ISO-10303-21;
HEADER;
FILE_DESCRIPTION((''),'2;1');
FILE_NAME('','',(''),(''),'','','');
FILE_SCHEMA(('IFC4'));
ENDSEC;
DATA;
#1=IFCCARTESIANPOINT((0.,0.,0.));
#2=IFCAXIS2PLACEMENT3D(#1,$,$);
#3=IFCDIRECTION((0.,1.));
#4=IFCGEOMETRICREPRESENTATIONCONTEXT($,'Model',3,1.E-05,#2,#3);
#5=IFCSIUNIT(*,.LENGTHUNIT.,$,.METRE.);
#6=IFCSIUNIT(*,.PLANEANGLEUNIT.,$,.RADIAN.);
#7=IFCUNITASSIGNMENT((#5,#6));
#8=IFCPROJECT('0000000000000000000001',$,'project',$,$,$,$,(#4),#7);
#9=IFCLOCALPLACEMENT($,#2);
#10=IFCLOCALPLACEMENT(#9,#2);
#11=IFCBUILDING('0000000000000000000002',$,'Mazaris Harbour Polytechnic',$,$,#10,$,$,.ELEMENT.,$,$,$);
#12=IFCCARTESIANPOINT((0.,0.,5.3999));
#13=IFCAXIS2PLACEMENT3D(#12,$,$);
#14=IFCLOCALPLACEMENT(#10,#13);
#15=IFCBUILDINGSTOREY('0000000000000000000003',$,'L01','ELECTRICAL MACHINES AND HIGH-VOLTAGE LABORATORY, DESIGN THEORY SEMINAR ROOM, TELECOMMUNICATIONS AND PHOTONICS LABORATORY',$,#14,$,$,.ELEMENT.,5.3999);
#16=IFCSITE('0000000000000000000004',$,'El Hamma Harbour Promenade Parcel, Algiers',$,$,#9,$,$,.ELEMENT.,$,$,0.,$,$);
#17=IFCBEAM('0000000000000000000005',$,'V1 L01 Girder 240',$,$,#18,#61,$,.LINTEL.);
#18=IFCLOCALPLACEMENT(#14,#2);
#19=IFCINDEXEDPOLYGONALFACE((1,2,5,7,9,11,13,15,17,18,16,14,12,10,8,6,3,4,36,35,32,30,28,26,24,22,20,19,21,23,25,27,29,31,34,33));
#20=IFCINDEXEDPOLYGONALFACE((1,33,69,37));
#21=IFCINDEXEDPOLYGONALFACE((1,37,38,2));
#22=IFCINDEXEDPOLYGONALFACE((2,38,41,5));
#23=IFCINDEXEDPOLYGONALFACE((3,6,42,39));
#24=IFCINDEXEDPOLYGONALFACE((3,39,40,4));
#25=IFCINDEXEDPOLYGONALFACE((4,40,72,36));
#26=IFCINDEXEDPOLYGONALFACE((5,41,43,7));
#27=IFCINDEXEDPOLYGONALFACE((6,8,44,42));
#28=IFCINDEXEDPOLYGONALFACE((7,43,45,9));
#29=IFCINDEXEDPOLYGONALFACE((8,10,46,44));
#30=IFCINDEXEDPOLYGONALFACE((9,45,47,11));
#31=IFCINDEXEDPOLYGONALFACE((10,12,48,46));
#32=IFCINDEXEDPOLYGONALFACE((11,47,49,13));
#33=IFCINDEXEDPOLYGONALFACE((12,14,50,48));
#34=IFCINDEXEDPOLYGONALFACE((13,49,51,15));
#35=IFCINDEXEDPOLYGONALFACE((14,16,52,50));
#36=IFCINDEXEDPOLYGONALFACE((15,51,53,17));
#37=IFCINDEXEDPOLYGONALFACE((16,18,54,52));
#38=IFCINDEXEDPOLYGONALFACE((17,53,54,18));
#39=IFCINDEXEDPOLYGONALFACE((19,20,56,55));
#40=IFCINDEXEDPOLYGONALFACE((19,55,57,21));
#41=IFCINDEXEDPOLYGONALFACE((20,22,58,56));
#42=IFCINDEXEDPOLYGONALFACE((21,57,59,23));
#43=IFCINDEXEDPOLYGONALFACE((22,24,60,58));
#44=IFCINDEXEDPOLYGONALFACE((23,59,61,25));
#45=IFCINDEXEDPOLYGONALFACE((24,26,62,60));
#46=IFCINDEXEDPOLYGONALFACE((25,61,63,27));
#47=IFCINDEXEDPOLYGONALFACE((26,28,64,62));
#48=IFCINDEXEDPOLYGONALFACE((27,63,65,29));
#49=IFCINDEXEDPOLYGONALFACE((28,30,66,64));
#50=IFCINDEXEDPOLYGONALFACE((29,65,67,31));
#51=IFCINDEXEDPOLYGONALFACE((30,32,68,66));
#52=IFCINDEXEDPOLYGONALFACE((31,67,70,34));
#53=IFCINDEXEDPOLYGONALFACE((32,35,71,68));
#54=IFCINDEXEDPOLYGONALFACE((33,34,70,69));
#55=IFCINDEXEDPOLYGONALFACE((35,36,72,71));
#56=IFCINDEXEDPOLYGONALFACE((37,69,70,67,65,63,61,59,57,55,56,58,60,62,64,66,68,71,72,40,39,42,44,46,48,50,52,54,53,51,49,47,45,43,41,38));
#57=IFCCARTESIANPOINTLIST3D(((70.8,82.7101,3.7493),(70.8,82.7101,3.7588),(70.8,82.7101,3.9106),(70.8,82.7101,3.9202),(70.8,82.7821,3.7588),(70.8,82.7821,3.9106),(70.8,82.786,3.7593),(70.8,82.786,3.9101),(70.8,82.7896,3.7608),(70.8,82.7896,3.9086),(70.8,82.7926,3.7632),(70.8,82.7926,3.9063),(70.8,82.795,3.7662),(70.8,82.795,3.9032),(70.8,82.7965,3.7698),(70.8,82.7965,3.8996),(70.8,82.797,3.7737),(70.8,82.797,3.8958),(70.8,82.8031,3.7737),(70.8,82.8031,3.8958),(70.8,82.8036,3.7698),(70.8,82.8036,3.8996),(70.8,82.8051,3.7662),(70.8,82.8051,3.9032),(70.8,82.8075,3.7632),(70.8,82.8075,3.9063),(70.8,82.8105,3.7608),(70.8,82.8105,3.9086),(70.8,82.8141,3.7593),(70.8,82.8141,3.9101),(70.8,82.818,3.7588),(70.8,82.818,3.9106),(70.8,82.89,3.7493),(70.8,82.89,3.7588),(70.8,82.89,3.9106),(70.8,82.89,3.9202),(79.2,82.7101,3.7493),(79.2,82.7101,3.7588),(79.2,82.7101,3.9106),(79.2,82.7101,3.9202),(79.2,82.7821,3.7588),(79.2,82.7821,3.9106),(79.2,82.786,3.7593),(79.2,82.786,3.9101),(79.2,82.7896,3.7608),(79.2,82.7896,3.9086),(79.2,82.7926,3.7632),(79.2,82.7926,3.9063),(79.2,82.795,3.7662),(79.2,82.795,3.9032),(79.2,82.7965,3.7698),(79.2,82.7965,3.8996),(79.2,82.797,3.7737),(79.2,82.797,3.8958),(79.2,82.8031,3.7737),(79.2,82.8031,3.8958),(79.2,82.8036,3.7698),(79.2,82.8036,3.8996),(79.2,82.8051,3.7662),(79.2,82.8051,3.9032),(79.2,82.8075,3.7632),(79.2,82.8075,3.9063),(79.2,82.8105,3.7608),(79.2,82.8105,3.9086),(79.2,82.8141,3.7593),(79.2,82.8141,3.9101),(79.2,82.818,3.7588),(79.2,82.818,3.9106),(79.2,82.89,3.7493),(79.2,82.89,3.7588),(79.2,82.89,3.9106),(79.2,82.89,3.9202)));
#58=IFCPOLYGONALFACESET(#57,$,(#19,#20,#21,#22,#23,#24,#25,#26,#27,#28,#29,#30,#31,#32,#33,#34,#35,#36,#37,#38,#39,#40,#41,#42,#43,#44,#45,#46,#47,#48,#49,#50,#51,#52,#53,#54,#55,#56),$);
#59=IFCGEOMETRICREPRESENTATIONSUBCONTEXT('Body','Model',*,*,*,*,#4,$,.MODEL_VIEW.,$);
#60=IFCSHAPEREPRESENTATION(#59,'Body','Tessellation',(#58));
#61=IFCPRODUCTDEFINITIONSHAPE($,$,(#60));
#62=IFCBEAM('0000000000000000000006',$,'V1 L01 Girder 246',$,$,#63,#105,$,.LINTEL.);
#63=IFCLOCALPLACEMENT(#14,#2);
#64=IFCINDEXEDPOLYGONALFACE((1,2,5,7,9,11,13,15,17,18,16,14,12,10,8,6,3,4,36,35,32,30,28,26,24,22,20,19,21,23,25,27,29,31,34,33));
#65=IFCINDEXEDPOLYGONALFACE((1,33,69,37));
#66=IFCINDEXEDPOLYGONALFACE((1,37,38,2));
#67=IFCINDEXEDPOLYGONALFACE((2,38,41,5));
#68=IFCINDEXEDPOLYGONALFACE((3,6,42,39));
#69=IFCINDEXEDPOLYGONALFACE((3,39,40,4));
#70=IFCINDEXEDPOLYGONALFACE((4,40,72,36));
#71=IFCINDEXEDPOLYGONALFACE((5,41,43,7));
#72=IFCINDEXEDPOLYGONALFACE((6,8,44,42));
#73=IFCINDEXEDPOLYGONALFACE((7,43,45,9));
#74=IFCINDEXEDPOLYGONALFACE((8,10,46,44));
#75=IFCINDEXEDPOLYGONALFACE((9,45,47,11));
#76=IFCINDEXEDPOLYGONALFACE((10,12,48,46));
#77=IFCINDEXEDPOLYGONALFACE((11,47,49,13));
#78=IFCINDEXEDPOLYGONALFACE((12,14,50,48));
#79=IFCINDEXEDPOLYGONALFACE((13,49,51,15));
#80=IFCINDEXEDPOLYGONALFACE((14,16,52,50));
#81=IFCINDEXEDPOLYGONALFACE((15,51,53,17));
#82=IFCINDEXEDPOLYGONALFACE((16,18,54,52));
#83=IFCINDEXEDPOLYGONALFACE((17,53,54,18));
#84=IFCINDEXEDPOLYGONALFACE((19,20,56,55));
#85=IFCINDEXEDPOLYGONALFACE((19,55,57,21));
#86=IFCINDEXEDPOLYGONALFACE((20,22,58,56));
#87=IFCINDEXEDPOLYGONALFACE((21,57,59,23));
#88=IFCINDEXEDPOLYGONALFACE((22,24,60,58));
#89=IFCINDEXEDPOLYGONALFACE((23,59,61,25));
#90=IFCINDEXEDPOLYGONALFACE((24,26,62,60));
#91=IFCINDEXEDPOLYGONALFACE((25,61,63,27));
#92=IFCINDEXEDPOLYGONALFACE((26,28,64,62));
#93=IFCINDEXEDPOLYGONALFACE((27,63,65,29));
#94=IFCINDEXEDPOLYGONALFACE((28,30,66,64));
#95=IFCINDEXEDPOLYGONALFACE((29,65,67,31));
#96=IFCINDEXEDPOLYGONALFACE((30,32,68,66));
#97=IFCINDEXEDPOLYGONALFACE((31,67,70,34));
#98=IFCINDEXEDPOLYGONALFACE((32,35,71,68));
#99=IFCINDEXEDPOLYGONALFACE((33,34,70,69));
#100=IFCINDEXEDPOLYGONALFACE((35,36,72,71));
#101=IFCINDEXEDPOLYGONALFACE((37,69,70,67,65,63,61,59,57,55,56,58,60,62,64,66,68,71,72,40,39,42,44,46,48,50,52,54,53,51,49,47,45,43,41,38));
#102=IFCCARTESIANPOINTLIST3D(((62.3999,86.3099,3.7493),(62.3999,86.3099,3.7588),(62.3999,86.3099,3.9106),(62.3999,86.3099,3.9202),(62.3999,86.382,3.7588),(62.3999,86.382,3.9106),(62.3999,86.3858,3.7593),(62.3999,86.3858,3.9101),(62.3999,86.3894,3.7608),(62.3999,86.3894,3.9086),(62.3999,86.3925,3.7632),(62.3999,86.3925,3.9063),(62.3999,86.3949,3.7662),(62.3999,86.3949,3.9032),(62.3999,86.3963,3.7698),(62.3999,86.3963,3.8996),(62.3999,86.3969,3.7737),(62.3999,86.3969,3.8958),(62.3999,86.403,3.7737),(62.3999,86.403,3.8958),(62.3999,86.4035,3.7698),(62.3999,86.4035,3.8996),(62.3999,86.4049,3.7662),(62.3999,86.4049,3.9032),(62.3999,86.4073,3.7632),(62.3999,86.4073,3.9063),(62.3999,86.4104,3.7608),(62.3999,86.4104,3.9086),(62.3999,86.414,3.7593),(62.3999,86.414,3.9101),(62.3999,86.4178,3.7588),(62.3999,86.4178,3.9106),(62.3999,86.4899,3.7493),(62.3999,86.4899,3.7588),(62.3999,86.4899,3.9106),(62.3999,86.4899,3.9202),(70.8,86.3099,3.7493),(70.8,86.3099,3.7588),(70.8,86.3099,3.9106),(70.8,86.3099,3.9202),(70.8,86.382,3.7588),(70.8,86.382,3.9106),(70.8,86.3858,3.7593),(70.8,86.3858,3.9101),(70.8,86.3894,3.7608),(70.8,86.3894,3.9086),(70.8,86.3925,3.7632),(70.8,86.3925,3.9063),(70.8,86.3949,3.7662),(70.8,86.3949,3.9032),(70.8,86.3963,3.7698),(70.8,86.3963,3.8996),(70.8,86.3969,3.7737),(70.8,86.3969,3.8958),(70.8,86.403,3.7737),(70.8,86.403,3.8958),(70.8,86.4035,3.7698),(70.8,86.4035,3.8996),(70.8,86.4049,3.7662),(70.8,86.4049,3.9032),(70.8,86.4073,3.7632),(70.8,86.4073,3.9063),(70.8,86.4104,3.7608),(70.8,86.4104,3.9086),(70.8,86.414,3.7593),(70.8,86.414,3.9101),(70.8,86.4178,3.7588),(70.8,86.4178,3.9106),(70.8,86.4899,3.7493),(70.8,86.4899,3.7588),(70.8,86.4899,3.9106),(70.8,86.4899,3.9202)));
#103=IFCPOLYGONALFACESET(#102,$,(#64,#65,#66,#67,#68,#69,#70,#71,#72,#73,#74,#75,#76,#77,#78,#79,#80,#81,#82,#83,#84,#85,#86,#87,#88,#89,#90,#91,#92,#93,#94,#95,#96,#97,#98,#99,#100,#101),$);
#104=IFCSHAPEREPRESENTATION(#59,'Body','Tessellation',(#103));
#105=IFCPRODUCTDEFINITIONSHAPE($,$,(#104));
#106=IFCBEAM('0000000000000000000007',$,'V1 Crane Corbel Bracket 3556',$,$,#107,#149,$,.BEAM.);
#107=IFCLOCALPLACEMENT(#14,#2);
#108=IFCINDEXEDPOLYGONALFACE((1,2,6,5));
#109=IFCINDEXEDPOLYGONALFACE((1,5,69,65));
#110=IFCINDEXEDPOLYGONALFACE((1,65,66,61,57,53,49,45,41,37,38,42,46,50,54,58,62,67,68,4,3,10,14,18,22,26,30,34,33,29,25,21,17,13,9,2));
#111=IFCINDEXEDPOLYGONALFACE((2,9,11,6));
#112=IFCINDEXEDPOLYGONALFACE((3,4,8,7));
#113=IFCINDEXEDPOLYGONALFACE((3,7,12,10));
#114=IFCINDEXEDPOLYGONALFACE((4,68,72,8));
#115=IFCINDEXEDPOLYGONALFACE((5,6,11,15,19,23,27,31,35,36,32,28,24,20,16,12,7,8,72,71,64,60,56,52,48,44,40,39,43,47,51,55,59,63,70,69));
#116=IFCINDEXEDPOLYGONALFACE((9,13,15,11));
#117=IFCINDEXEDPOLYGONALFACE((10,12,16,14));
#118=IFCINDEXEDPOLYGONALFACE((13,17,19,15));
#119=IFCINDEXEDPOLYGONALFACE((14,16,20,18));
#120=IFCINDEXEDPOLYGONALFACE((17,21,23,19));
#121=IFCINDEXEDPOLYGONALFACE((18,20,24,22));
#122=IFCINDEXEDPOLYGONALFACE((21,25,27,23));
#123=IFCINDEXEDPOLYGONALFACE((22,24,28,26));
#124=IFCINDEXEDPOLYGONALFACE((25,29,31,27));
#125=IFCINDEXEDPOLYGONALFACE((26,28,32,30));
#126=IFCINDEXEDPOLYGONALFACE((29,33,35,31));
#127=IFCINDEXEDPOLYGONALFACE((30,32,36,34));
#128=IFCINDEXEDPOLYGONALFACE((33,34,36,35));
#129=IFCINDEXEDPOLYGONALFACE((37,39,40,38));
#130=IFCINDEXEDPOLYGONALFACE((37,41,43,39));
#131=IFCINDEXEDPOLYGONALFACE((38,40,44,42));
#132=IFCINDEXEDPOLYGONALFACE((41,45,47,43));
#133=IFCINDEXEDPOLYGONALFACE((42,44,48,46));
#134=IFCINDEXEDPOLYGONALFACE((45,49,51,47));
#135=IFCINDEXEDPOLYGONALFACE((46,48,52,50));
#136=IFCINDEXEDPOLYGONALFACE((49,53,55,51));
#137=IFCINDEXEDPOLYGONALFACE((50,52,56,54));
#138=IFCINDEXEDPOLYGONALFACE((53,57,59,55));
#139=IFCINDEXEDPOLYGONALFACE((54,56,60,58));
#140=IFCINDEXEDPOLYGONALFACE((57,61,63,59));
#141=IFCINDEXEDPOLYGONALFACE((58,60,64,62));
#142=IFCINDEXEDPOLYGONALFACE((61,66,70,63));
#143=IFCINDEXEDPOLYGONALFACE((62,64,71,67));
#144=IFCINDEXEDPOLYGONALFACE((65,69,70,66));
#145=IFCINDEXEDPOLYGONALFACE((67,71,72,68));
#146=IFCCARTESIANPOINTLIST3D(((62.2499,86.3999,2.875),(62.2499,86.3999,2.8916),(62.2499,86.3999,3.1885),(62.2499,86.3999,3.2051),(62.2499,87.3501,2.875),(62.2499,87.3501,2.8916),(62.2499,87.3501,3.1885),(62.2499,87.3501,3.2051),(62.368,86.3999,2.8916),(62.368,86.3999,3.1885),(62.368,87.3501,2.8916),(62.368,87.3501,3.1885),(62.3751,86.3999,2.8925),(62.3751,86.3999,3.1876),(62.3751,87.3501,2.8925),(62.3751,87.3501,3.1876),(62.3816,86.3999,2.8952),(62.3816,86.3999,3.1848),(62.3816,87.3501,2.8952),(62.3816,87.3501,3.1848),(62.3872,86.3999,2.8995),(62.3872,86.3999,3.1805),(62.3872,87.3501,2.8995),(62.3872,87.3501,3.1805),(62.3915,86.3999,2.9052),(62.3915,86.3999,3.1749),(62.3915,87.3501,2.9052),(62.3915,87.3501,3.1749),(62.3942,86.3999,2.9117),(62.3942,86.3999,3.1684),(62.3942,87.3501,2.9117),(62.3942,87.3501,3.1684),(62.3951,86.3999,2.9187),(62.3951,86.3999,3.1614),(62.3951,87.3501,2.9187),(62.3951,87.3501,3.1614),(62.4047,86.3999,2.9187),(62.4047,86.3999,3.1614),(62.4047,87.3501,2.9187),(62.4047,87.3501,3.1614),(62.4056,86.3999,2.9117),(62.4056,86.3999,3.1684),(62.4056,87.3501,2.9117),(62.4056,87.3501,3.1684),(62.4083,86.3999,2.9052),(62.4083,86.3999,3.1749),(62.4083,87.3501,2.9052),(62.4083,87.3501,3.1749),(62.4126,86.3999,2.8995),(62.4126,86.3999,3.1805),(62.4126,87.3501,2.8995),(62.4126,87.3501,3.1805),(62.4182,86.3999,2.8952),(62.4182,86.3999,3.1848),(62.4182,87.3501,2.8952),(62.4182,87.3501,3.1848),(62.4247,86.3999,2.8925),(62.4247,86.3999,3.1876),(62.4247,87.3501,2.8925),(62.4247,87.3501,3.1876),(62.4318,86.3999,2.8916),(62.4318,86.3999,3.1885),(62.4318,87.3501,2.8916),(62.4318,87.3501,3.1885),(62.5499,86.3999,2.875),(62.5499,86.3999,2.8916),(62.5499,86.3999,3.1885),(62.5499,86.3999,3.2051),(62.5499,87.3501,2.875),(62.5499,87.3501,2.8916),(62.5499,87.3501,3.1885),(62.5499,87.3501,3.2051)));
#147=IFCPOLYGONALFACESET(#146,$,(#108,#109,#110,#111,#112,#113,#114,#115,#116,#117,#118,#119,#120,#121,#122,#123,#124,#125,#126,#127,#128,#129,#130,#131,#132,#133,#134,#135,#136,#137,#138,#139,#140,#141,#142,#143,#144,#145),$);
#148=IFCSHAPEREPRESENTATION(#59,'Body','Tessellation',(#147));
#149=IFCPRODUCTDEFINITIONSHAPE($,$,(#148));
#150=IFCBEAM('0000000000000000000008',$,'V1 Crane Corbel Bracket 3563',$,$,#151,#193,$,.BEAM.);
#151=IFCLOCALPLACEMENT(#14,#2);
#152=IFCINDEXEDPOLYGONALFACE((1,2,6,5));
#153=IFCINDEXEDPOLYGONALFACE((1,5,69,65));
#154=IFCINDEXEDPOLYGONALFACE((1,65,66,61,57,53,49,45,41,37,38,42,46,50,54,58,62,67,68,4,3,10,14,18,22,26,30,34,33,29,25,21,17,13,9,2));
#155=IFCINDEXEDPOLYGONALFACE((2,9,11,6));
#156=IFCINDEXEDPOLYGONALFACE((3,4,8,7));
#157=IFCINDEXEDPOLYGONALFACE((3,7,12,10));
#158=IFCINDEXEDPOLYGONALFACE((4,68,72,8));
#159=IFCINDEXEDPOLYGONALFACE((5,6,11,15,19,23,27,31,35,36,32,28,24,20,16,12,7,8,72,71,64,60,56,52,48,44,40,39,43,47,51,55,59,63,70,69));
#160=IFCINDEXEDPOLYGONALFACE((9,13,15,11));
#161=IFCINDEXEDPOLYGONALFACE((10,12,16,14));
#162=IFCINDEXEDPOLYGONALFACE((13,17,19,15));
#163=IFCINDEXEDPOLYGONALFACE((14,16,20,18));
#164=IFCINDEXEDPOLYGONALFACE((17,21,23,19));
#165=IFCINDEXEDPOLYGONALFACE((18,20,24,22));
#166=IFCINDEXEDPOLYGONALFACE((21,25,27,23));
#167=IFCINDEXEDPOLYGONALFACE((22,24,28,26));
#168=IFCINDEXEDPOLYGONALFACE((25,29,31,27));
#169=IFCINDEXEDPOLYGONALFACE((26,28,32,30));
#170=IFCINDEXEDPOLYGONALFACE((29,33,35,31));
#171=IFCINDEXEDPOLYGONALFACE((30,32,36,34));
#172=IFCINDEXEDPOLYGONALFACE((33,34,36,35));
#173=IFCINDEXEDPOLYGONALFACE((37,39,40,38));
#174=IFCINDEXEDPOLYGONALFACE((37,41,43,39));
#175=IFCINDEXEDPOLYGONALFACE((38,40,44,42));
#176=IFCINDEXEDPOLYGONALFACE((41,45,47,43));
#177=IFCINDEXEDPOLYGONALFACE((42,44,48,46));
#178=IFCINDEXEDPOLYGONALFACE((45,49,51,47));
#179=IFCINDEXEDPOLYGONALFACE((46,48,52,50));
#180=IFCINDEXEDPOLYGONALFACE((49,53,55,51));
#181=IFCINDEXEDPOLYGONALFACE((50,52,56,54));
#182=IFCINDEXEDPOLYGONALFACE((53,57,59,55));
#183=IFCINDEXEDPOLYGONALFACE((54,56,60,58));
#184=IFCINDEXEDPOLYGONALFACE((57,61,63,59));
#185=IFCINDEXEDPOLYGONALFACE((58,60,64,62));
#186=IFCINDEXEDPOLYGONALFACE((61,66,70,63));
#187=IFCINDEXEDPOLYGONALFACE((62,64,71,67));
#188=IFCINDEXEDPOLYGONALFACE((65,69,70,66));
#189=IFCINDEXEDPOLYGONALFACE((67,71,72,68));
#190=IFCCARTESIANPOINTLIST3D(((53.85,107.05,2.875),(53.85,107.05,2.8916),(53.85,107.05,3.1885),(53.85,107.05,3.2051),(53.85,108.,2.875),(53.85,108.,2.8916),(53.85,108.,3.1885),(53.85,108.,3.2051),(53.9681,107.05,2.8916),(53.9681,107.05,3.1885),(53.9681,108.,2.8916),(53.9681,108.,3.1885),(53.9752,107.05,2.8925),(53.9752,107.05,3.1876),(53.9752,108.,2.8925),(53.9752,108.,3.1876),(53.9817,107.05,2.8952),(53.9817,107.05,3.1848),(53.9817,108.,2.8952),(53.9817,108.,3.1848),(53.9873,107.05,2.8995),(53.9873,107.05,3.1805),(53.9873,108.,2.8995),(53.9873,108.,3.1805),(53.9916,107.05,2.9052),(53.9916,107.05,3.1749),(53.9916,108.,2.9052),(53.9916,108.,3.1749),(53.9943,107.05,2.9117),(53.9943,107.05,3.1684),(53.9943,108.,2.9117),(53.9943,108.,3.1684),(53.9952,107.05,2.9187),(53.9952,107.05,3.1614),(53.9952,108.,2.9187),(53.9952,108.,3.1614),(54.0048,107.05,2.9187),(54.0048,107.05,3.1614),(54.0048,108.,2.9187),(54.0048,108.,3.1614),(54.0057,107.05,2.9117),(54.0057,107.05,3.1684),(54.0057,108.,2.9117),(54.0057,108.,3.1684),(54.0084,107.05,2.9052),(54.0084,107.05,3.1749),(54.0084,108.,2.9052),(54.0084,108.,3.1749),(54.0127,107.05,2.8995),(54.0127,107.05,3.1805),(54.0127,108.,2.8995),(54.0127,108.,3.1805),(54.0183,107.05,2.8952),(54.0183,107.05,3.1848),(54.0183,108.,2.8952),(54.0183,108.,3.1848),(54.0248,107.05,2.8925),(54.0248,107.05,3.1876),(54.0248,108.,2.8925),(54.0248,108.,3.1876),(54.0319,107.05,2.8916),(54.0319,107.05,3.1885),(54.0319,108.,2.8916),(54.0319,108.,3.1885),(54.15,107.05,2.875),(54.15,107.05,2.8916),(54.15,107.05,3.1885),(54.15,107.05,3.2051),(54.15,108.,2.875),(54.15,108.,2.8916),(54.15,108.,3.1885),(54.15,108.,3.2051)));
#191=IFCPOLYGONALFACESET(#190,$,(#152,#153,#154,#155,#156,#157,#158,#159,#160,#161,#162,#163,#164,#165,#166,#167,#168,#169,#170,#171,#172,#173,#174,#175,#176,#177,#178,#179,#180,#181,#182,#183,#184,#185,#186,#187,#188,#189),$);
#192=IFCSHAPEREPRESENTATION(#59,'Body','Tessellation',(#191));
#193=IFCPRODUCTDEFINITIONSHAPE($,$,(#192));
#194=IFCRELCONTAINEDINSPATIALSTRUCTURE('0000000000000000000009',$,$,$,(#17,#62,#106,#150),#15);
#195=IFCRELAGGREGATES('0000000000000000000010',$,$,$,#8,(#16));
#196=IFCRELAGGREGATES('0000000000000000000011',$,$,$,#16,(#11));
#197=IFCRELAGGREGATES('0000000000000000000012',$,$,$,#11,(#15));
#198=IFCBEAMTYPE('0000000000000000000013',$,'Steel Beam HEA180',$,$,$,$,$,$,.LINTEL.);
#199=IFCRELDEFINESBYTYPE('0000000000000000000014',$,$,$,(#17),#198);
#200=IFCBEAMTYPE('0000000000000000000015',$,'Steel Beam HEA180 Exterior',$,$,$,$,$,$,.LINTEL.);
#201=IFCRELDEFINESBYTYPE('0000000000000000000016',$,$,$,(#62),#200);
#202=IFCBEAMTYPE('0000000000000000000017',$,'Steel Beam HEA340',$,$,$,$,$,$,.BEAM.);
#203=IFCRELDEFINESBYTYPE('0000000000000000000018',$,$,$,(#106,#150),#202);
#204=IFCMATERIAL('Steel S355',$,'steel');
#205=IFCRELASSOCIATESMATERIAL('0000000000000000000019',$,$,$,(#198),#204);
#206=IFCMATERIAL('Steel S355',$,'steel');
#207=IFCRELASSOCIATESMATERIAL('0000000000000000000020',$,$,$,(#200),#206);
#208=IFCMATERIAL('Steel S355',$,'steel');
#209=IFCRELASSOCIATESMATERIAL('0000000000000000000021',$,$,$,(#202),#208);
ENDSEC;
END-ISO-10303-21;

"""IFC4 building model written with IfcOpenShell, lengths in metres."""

from ifc_helpers import new_model, si_unit, direction, frame, origin, origin_2d, place, context, subcontext, project, spatial, i_section, extrude, material, material_profile, profile_set, type_object, element, save


model = new_model("IFC4")

# Units and contexts
model_context = context("Model", 3, precision=1e-05, world=origin(), true_north=direction((0.0, 1.0)))
body_context = subcontext(model_context, "Body", "Model", "MODEL_VIEW")
ifc_project = project(units=[si_unit("LENGTHUNIT", "METRE"), si_unit("PLANEANGLEUNIT", "RADIAN")], contexts=[model_context])

# Site, building, storey
site_placement = place(None, origin())
site = spatial("IfcSite", under=ifc_project, at=site_placement, Name="El Hamma Harbour Promenade Parcel, Algiers", CompositionType="ELEMENT", RefElevation=0.0)
building_placement = place(site_placement, origin())
building = spatial("IfcBuilding", under=site, at=building_placement, Name="Mazaris Harbour Polytechnic", CompositionType="ELEMENT")
storey_placement = place(building_placement, frame((0.0, 0.0, 5.3999)))
storey = spatial("IfcBuildingStorey", under=building, at=storey_placement, Name="L01", Description="ELECTRICAL MACHINES AND HIGH-VOLTAGE LABORATORY, DESIGN THEORY SEMINAR ROOM, TELECOMMUNICATIONS AND PHOTONICS LABORATORY", CompositionType="ELEMENT", Elevation=5.3999)

# Beams
ifc_material_1 = material(Name="Steel S355", Category="steel")
ifc_material_profile_1 = material_profile(ifc_material_1, i_section(OverallWidth=0.1799, OverallDepth=0.1709, WebThickness=0.0061, FlangeThickness=0.0095, FilletRadius=0.0149, at=origin_2d()), Name="HEA 180")
ifc_profile_set_1 = profile_set([ifc_material_profile_1], Name="Steel S355")
beam_type_1 = type_object("IfcBeamType", Name="Steel Beam HEA180", PredefinedType="LINTEL", material=ifc_profile_set_1)
beam_1_placement = place(storey_placement, frame((70.8, 82.8, 3.8347), z_axis=(1.0, 0.0, 0.0), x_axis=(0.0, 1.0, 0.0)))
element("IfcBeam", 1, at=beam_1_placement, inside=storey, type_object=beam_type_1, Name="V1 L01 Girder 240", PredefinedType="LINTEL", context=body_context, shape_type="SweptSolid", body=[
    extrude(i_section(OverallWidth=0.1799, OverallDepth=0.1709, WebThickness=0.0061, FlangeThickness=0.0095, FilletRadius=0.0149, at=origin_2d()), origin(), (0.0, 0.0, 1.0), 8.3999),
])
ifc_material_2 = material(Name="Steel S355", Category="steel")
ifc_material_profile_2 = material_profile(ifc_material_2, i_section(OverallWidth=0.1799, OverallDepth=0.1709, WebThickness=0.0061, FlangeThickness=0.0095, FilletRadius=0.0149, at=origin_2d()), Name="HEA 180")
ifc_profile_set_2 = profile_set([ifc_material_profile_2], Name="Steel S355")
beam_type_2 = type_object("IfcBeamType", Name="Steel Beam HEA180 Exterior", PredefinedType="LINTEL", material=ifc_profile_set_2)
beam_2_placement = place(storey_placement, frame((62.3999, 86.3999, 3.8347), z_axis=(1.0, 0.0, 0.0), x_axis=(0.0, 1.0, 0.0)))
element("IfcBeam", 2, at=beam_2_placement, inside=storey, type_object=beam_type_2, Name="V1 L01 Girder 246", PredefinedType="LINTEL", context=body_context, shape_type="SweptSolid", body=[
    extrude(i_section(OverallWidth=0.1799, OverallDepth=0.1709, WebThickness=0.0061, FlangeThickness=0.0095, FilletRadius=0.0149, at=origin_2d()), origin(), (0.0, 0.0, 1.0), 8.4001),
])
ifc_material_3 = material(Name="Steel S355", Category="steel")
ifc_material_profile_3 = material_profile(ifc_material_3, i_section(OverallWidth=0.3, OverallDepth=0.3301, WebThickness=0.0095, FlangeThickness=0.0166, FilletRadius=0.0271, at=origin_2d()), Name="HEA 340")
ifc_profile_set_3 = profile_set([ifc_material_profile_3], Name="Steel S355")
beam_type_3 = type_object("IfcBeamType", Name="Steel Beam HEA340", PredefinedType="BEAM", material=ifc_profile_set_3)
beam_3_placement = place(storey_placement, frame((62.3999, 86.3999, 3.04), z_axis=(0.0, 1.0, 0.0), x_axis=(-1.0, 0.0, 0.0)))
element("IfcBeam", 3, at=beam_3_placement, inside=storey, type_object=beam_type_3, Name="V1 Crane Corbel Bracket 3556", PredefinedType="BEAM", context=body_context, shape_type="SweptSolid", body=[
    extrude(i_section(OverallWidth=0.3, OverallDepth=0.3301, WebThickness=0.0095, FlangeThickness=0.0166, FilletRadius=0.0271, at=origin_2d()), origin(), (0.0, 0.0, 1.0), 0.9502),
])
beam_4_placement = place(storey_placement, frame((54.0, 108.0, 3.04), z_axis=(0.0, -1.0, 0.0), x_axis=(1.0, 0.0, 0.0)))
element("IfcBeam", 4, at=beam_4_placement, inside=storey, type_object=beam_type_3, Name="V1 Crane Corbel Bracket 3563", PredefinedType="BEAM", context=body_context, shape_type="SweptSolid", body=[
    extrude(i_section(OverallWidth=0.3, OverallDepth=0.3301, WebThickness=0.0095, FlangeThickness=0.0166, FilletRadius=0.0271, at=origin_2d()), origin(), (0.0, 0.0, 1.0), 0.95),
])

save(model, "model.ifc")
